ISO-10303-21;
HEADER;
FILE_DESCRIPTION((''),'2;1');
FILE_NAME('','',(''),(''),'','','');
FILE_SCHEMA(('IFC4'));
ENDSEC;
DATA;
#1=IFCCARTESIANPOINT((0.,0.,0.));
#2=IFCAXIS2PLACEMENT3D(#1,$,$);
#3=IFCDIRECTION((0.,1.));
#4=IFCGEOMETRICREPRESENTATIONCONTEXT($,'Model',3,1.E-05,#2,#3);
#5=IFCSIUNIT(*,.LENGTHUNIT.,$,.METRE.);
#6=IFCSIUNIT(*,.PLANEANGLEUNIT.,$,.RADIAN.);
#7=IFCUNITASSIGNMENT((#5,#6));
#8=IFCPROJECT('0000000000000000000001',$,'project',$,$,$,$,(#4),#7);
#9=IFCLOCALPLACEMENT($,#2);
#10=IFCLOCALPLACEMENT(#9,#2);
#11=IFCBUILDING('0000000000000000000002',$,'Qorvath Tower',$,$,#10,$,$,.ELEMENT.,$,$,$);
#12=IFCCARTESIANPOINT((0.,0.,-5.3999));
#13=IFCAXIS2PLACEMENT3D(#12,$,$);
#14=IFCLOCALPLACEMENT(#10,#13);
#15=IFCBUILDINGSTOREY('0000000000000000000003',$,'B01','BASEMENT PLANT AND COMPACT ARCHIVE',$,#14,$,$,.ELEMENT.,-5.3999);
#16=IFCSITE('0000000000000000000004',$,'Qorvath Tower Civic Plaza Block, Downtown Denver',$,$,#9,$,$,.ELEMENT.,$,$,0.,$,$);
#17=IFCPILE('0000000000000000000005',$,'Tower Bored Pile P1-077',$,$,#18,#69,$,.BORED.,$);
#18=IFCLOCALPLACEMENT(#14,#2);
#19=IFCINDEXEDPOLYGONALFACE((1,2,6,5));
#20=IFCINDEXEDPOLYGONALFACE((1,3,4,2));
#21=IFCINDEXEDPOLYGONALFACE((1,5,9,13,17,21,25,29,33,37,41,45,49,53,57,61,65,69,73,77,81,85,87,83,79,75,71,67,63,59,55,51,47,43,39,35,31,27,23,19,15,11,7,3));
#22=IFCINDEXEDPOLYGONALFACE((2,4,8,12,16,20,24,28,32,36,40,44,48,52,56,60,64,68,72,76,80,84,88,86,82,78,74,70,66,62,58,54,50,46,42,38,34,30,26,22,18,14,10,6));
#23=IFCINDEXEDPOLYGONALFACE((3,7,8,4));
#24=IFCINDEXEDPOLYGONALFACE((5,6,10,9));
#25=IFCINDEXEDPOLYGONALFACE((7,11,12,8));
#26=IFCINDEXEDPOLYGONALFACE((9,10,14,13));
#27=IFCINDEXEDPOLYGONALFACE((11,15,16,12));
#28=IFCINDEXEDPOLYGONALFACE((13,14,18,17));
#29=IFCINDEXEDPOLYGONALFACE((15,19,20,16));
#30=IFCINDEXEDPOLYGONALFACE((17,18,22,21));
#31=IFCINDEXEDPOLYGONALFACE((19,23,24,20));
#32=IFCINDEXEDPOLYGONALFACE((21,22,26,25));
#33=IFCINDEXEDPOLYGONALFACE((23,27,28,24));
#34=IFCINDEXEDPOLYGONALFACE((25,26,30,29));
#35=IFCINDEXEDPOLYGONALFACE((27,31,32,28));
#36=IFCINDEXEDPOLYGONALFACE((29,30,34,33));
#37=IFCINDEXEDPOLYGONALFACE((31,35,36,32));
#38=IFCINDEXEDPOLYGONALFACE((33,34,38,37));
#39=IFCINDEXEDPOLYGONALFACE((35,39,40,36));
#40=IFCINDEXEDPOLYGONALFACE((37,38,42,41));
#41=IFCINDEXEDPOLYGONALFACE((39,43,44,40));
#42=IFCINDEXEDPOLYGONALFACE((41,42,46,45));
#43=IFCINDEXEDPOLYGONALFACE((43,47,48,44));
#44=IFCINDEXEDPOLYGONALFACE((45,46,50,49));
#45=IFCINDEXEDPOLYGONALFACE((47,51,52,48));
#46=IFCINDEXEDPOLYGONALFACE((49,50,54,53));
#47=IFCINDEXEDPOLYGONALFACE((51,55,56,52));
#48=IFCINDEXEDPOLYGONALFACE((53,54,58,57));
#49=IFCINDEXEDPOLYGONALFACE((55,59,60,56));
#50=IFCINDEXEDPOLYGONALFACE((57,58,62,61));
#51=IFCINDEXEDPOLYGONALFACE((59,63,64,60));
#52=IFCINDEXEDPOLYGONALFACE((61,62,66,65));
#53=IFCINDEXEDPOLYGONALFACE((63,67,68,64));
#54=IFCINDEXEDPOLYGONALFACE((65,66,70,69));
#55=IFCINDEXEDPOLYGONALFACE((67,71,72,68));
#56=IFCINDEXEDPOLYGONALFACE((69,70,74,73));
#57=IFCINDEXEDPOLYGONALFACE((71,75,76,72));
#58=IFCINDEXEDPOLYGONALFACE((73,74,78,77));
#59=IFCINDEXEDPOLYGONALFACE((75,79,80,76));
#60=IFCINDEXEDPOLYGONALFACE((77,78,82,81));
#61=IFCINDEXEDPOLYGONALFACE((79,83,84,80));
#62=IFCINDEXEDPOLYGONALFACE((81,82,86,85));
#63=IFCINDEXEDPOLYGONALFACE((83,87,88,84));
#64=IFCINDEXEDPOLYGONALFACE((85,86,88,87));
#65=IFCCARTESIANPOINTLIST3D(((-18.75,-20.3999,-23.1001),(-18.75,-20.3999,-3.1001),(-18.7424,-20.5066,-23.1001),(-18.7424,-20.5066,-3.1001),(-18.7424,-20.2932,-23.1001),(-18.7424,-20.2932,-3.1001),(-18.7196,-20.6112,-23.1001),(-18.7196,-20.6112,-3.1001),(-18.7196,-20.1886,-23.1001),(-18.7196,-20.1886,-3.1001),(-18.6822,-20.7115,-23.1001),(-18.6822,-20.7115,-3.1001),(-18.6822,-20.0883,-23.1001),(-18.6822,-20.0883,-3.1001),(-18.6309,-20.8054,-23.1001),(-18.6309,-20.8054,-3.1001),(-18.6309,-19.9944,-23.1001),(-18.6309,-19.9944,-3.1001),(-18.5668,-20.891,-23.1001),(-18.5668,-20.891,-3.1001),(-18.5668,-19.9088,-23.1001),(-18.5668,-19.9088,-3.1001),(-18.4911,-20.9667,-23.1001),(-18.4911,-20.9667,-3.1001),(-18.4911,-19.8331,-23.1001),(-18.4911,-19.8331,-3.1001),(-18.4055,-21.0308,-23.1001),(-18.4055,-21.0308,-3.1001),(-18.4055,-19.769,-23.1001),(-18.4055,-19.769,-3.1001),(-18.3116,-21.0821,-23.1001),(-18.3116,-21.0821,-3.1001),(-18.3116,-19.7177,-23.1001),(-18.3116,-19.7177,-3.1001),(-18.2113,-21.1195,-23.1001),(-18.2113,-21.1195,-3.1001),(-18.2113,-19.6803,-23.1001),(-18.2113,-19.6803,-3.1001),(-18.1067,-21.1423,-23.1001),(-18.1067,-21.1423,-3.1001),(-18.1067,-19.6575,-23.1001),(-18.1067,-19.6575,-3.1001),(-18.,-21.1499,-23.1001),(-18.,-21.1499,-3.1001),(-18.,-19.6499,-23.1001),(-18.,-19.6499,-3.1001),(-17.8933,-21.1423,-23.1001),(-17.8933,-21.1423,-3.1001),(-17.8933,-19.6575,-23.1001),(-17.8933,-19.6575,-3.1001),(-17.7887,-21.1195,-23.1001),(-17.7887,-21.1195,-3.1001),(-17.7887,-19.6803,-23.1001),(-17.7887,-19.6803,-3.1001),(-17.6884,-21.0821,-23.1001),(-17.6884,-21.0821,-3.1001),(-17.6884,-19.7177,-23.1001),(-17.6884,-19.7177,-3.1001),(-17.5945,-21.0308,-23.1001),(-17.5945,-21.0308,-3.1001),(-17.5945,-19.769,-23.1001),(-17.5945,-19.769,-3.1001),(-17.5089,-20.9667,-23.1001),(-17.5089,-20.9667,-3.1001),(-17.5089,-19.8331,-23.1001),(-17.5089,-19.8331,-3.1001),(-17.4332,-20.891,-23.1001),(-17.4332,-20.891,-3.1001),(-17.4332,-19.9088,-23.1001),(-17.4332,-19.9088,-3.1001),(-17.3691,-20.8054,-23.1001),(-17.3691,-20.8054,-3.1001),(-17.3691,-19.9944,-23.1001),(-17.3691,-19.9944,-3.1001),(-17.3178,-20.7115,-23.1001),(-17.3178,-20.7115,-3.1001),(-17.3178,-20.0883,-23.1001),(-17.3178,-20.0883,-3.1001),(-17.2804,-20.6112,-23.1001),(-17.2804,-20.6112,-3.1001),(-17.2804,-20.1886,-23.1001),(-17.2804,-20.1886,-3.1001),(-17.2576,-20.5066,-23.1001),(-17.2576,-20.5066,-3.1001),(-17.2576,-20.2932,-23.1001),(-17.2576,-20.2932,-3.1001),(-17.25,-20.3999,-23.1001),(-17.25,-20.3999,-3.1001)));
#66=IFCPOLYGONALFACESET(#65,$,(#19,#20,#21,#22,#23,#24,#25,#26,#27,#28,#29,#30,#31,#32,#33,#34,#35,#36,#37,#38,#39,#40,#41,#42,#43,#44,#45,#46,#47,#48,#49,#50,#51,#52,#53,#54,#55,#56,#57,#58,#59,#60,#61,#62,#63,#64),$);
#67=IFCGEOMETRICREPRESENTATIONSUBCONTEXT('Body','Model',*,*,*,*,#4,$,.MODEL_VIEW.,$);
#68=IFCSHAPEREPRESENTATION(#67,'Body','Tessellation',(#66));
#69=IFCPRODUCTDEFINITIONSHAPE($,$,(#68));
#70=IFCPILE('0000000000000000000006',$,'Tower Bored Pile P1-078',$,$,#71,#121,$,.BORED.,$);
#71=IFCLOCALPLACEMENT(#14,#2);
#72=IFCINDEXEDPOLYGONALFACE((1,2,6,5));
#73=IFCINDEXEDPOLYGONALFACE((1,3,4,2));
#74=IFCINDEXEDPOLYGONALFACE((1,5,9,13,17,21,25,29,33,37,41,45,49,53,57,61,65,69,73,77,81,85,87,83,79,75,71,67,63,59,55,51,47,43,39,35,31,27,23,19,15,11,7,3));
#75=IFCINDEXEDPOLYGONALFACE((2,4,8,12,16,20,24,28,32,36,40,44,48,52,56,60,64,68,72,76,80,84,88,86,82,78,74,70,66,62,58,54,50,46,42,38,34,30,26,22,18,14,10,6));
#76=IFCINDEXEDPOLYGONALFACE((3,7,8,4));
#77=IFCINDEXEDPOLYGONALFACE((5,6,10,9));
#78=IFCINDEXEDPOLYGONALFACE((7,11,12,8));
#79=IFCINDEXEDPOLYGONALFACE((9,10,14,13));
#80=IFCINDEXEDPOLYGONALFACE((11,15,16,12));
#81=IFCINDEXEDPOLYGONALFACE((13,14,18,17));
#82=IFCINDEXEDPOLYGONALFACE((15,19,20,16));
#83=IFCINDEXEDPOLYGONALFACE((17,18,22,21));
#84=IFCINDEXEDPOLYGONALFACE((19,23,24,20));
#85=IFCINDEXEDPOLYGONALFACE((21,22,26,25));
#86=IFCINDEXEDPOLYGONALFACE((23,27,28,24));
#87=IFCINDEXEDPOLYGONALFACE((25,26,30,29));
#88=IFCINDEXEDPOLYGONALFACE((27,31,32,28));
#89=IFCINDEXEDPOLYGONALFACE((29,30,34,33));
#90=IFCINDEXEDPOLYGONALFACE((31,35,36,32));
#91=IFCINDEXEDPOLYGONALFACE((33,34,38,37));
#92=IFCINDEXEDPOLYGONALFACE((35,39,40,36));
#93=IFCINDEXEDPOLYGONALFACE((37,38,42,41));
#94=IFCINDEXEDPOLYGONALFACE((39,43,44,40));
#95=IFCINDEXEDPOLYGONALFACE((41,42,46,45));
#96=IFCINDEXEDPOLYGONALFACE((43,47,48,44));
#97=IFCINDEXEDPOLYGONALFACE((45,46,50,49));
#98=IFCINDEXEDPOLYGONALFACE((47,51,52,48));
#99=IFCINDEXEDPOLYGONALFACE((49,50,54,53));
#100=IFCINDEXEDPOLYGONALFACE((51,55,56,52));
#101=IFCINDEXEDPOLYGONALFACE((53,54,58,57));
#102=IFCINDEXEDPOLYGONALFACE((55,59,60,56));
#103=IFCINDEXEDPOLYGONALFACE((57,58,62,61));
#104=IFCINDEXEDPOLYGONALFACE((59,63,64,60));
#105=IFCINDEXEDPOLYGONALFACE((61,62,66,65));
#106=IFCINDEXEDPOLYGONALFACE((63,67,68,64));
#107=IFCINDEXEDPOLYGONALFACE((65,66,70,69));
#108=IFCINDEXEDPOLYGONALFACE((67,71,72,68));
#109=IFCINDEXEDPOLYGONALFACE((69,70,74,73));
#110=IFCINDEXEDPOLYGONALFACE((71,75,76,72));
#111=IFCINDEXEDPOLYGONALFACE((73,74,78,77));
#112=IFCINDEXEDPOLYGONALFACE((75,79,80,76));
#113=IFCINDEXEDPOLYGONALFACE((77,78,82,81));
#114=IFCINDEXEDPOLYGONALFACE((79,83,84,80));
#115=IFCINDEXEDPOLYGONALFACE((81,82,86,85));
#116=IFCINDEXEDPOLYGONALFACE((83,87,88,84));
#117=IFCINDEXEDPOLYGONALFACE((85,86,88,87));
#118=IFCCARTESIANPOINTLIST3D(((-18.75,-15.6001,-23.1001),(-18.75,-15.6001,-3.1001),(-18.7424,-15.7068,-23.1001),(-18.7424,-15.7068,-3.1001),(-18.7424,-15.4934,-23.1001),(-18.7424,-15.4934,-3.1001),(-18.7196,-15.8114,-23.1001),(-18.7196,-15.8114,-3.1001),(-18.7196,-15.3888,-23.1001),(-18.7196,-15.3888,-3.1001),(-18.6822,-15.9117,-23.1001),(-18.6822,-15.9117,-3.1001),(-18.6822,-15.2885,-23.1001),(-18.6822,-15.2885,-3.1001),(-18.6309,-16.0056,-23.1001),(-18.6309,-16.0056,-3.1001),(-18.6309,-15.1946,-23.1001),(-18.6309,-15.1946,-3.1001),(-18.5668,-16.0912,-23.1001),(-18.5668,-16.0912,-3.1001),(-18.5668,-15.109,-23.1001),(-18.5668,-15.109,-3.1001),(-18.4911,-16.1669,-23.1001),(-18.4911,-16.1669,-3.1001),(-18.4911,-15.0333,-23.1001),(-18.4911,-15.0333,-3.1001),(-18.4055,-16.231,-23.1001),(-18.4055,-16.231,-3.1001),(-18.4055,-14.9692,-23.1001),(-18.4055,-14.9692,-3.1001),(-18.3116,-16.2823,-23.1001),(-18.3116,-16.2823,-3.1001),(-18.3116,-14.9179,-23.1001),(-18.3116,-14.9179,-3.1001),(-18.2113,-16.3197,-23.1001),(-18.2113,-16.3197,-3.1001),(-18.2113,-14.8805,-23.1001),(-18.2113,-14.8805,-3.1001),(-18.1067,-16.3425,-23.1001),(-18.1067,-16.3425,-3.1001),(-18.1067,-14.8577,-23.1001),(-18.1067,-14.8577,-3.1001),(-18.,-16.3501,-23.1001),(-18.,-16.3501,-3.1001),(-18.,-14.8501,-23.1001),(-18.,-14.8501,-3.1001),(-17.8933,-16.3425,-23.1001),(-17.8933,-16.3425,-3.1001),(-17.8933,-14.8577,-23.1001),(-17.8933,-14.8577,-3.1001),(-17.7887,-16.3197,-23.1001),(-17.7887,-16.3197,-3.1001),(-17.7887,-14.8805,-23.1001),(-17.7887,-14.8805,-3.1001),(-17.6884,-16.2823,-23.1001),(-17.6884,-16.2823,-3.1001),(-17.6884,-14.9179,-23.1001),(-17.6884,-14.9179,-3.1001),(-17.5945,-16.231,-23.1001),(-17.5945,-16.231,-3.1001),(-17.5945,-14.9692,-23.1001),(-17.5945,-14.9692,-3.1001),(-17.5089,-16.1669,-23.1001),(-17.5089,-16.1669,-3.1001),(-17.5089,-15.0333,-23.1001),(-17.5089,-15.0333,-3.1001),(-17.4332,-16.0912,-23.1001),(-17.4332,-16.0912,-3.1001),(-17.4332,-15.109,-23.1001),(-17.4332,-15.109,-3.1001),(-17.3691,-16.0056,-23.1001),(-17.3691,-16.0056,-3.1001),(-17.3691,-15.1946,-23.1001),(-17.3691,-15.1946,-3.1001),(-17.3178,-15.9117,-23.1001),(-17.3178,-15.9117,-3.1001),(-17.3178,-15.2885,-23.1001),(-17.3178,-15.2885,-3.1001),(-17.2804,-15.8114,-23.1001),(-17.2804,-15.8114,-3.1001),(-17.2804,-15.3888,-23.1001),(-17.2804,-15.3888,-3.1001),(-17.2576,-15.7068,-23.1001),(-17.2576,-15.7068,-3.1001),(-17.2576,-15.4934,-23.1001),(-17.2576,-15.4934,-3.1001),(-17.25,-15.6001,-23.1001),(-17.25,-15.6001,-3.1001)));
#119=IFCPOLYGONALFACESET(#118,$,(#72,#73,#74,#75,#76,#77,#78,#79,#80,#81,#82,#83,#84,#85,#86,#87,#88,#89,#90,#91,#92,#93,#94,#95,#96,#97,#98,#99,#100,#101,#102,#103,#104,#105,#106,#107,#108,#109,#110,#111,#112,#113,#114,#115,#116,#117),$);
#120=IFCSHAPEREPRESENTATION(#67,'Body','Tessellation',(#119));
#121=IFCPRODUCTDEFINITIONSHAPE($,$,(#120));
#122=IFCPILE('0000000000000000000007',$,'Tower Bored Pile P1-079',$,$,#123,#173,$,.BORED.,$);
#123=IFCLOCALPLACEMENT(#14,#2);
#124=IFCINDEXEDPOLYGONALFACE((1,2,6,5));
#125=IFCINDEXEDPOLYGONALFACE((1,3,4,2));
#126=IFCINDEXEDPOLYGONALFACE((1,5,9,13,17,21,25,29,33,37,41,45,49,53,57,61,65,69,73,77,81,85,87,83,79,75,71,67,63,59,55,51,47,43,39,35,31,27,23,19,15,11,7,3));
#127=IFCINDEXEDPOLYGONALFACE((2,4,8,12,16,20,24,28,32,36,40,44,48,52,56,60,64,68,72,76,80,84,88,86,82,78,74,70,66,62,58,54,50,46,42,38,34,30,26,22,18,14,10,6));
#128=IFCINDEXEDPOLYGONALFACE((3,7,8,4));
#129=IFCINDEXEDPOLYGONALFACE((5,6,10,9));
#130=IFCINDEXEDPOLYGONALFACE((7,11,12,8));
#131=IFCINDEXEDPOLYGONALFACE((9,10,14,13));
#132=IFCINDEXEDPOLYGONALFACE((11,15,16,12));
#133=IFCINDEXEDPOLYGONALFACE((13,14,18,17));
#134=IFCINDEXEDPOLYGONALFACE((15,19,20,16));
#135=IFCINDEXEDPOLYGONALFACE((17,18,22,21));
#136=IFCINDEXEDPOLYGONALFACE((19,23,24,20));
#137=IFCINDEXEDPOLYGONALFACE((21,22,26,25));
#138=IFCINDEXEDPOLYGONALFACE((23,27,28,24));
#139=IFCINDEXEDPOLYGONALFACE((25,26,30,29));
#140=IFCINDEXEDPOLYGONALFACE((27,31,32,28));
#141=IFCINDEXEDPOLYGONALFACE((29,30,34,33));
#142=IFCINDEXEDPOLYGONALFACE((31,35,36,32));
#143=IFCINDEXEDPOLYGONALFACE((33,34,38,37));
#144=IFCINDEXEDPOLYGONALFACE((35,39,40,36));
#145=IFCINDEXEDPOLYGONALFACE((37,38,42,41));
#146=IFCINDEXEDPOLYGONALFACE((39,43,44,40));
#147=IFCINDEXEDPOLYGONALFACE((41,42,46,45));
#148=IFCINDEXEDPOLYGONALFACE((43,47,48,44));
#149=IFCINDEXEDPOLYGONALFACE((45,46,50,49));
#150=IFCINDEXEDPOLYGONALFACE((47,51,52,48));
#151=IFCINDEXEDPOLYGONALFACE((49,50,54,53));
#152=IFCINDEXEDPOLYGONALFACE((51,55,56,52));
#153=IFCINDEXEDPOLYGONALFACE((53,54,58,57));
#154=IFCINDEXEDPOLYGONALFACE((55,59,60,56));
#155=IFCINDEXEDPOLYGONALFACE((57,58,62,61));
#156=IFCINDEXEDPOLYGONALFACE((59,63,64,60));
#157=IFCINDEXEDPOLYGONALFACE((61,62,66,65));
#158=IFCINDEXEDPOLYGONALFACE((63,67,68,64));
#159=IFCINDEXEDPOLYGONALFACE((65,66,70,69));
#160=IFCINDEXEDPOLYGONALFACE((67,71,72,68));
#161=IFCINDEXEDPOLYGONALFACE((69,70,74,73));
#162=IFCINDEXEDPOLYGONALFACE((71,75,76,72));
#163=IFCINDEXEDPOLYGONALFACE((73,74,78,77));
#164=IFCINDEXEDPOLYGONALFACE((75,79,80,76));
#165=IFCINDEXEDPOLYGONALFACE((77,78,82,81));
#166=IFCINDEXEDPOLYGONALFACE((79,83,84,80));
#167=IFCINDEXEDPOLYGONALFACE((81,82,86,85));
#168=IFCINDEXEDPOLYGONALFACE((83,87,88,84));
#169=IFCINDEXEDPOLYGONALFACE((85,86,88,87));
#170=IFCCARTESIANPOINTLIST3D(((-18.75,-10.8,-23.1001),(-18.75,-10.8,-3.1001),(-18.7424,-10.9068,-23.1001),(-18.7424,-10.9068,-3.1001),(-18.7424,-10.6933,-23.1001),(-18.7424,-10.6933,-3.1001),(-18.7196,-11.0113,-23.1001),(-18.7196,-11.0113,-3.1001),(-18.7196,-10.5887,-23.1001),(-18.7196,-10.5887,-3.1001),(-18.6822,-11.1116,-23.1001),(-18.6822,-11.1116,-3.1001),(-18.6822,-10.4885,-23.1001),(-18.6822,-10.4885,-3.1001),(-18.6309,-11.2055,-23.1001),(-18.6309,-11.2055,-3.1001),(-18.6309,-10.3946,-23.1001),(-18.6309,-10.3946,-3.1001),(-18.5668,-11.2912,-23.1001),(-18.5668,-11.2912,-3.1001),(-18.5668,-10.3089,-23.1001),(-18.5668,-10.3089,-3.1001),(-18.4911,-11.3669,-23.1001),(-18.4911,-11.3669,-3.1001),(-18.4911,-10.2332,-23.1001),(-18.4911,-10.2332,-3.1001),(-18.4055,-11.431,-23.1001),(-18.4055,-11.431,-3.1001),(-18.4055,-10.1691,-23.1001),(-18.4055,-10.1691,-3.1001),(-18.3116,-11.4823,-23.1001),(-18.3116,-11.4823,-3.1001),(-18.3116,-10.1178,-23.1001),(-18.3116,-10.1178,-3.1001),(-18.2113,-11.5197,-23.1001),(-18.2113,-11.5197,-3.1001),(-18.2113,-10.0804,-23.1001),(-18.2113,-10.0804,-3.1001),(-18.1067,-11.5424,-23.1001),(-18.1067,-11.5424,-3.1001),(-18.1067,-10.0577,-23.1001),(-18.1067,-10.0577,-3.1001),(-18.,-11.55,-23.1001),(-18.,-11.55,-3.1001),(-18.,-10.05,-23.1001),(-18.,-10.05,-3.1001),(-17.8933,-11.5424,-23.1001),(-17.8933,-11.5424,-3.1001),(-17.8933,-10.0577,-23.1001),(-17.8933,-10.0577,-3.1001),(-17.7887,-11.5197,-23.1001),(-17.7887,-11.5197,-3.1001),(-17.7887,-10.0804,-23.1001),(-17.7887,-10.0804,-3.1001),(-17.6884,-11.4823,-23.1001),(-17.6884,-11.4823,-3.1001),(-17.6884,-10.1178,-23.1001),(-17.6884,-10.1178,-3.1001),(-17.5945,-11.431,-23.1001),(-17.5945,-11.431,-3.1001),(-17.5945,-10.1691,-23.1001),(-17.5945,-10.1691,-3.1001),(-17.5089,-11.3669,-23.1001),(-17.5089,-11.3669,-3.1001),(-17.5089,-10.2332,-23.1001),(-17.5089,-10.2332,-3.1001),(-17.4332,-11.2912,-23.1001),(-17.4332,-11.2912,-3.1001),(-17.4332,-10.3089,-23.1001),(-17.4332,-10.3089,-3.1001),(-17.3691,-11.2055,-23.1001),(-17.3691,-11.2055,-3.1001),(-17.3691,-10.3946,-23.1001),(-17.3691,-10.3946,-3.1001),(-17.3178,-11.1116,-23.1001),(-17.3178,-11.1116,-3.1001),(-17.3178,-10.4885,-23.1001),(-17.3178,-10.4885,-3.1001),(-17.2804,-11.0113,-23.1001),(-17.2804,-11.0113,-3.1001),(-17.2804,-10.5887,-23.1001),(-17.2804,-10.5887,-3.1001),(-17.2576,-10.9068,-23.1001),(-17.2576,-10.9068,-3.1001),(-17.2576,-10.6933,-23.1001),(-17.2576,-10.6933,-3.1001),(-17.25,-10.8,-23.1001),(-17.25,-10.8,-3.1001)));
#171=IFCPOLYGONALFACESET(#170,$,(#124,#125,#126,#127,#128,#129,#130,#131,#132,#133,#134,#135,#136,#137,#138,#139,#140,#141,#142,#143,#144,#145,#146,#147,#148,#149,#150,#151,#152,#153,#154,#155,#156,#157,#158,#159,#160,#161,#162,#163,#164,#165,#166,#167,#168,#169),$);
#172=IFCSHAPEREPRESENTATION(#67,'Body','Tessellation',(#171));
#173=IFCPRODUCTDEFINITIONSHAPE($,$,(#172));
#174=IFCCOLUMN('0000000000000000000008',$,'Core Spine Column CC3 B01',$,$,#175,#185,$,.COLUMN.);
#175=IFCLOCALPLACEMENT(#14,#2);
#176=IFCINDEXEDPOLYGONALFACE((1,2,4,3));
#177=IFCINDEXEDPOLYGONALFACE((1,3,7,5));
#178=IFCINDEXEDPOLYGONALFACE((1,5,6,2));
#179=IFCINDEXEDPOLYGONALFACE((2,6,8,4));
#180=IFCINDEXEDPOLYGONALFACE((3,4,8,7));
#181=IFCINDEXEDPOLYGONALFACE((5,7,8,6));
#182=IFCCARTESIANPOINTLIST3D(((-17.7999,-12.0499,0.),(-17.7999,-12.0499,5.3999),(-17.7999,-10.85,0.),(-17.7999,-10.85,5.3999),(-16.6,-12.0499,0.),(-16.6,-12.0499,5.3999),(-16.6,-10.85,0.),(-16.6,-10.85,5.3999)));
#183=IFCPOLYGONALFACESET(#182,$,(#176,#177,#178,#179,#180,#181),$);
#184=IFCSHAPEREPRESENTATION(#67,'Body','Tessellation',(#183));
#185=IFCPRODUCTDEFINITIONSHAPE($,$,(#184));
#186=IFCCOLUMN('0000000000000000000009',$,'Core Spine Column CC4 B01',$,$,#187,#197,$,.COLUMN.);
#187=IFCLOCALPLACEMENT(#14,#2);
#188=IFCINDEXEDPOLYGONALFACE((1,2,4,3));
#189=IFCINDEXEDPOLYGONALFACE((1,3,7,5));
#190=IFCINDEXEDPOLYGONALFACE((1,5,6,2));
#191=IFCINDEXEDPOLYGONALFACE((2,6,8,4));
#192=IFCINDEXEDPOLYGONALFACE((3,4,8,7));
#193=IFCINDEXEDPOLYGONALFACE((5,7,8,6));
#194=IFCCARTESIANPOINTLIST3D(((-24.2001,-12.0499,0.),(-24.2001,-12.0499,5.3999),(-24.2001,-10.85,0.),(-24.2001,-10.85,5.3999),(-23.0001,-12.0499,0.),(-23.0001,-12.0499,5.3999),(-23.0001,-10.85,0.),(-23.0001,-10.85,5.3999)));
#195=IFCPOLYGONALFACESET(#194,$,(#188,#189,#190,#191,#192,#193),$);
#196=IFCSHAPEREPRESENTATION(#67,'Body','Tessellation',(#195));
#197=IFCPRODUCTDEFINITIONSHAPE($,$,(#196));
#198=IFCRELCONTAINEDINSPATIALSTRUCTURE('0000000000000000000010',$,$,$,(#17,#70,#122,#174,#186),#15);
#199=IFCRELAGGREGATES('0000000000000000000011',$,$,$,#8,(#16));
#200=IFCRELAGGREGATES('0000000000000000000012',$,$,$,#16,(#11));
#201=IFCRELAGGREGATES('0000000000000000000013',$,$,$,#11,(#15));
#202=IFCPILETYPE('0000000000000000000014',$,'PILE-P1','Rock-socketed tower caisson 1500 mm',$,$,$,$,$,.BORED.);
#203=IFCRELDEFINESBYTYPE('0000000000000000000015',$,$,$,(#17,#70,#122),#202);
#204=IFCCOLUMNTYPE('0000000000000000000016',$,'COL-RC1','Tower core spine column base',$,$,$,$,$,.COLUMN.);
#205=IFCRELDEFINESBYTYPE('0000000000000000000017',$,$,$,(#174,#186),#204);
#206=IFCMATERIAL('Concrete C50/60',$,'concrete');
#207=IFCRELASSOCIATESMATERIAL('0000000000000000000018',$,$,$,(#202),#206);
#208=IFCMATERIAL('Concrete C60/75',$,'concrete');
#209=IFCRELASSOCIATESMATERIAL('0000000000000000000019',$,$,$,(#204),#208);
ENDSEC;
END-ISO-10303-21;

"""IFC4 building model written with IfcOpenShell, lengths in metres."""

from ifc_helpers import new_model, si_unit, direction, frame, origin, origin_2d, place, context, subcontext, project, spatial, rectangle, circle, extrude, material, material_profile, profile_set, type_object, element, save


model = new_model("IFC4")

# Units and contexts
model_context = context("Model", 3, precision=1e-05, world=origin(), true_north=direction((0.0, 1.0)))
body_context = subcontext(model_context, "Body", "Model", "MODEL_VIEW")
ifc_project = project(units=[si_unit("LENGTHUNIT", "METRE"), si_unit("PLANEANGLEUNIT", "RADIAN")], contexts=[model_context])

# Site, building, storey
site_placement = place(None, origin())
site = spatial("IfcSite", under=ifc_project, at=site_placement, Name="Qorvath Tower Civic Plaza Block, Downtown Denver", CompositionType="ELEMENT", RefElevation=0.0)
building_placement = place(site_placement, origin())
building = spatial("IfcBuilding", under=site, at=building_placement, Name="Qorvath Tower", CompositionType="ELEMENT")
storey_placement = place(building_placement, frame((0.0, 0.0, -5.3999)))
storey = spatial("IfcBuildingStorey", under=building, at=storey_placement, Name="B01", Description="BASEMENT PLANT AND COMPACT ARCHIVE", CompositionType="ELEMENT", Elevation=-5.3999)

# Piles
ifc_material_1 = material(Name="Concrete C50/60", Category="concrete")
ifc_material_profile_1 = material_profile(ifc_material_1, circle(Radius=0.75, at=origin_2d()), Name="BORED PILE 1500")
ifc_profile_set_1 = profile_set([ifc_material_profile_1], Name="Concrete C50/60")
pile_type = type_object("IfcPileType", Name="PILE-P1", Description="Rock-socketed tower caisson 1500 mm", PredefinedType="BORED", material=ifc_profile_set_1)
for number, where, z_axis, x_axis, name in (
    (1, (-18.0, -20.3999, -3.1001), (0.0, 0.0, -1.0), (1.0, 0.0, 0.0), "Tower Bored Pile P1-077"),
    (2, (-18.0, -15.6001, -3.1001), (0.0, 0.0, -1.0), (1.0, 0.0, 0.0), "Tower Bored Pile P1-078"),
    (3, (-18.0, -10.8, -3.1001), (0.0, 0.0, -1.0), (1.0, 0.0, 0.0), "Tower Bored Pile P1-079"),
):
    element("IfcPile", number, at=place(storey_placement, frame(where, z_axis=z_axis, x_axis=x_axis)), inside=storey, type_object=pile_type, Name=name, PredefinedType="BORED", context=body_context, shape_type="SweptSolid", body=[
        extrude(circle(Radius=0.75, at=origin_2d()), origin(), (0.0, 0.0, 1.0), 20.0),
    ])

# Columns
ifc_material_2 = material(Name="Concrete C60/75", Category="concrete")
ifc_material_profile_2 = material_profile(ifc_material_2, rectangle(XDim=1.2, YDim=1.2, at=origin_2d()), Name="RC 1200x1200")
ifc_profile_set_2 = profile_set([ifc_material_profile_2], Name="Concrete C60/75")
column_type_1 = type_object("IfcColumnType", Name="COL-RC1", Description="Tower core spine column base", PredefinedType="COLUMN", material=ifc_profile_set_2)
for number, where, z_axis, x_axis, name in (
    (4, (-17.2, -11.45, 0.0), (0.0, 0.0, 1.0), (1.0, 0.0, 0.0), "Core Spine Column CC3 B01"),
    (5, (-23.6001, -11.45, 0.0), (0.0, 0.0, 1.0), (1.0, 0.0, 0.0), "Core Spine Column CC4 B01"),
):
    element("IfcColumn", number, at=place(storey_placement, frame(where, z_axis=z_axis, x_axis=x_axis)), inside=storey, type_object=column_type_1, Name=name, PredefinedType="COLUMN", context=body_context, shape_type="SweptSolid", body=[
        extrude(rectangle(XDim=1.2, YDim=1.2, at=origin_2d()), origin(), (0.0, 0.0, 1.0), 5.3999),
    ])

save(model, "model.ifc")
